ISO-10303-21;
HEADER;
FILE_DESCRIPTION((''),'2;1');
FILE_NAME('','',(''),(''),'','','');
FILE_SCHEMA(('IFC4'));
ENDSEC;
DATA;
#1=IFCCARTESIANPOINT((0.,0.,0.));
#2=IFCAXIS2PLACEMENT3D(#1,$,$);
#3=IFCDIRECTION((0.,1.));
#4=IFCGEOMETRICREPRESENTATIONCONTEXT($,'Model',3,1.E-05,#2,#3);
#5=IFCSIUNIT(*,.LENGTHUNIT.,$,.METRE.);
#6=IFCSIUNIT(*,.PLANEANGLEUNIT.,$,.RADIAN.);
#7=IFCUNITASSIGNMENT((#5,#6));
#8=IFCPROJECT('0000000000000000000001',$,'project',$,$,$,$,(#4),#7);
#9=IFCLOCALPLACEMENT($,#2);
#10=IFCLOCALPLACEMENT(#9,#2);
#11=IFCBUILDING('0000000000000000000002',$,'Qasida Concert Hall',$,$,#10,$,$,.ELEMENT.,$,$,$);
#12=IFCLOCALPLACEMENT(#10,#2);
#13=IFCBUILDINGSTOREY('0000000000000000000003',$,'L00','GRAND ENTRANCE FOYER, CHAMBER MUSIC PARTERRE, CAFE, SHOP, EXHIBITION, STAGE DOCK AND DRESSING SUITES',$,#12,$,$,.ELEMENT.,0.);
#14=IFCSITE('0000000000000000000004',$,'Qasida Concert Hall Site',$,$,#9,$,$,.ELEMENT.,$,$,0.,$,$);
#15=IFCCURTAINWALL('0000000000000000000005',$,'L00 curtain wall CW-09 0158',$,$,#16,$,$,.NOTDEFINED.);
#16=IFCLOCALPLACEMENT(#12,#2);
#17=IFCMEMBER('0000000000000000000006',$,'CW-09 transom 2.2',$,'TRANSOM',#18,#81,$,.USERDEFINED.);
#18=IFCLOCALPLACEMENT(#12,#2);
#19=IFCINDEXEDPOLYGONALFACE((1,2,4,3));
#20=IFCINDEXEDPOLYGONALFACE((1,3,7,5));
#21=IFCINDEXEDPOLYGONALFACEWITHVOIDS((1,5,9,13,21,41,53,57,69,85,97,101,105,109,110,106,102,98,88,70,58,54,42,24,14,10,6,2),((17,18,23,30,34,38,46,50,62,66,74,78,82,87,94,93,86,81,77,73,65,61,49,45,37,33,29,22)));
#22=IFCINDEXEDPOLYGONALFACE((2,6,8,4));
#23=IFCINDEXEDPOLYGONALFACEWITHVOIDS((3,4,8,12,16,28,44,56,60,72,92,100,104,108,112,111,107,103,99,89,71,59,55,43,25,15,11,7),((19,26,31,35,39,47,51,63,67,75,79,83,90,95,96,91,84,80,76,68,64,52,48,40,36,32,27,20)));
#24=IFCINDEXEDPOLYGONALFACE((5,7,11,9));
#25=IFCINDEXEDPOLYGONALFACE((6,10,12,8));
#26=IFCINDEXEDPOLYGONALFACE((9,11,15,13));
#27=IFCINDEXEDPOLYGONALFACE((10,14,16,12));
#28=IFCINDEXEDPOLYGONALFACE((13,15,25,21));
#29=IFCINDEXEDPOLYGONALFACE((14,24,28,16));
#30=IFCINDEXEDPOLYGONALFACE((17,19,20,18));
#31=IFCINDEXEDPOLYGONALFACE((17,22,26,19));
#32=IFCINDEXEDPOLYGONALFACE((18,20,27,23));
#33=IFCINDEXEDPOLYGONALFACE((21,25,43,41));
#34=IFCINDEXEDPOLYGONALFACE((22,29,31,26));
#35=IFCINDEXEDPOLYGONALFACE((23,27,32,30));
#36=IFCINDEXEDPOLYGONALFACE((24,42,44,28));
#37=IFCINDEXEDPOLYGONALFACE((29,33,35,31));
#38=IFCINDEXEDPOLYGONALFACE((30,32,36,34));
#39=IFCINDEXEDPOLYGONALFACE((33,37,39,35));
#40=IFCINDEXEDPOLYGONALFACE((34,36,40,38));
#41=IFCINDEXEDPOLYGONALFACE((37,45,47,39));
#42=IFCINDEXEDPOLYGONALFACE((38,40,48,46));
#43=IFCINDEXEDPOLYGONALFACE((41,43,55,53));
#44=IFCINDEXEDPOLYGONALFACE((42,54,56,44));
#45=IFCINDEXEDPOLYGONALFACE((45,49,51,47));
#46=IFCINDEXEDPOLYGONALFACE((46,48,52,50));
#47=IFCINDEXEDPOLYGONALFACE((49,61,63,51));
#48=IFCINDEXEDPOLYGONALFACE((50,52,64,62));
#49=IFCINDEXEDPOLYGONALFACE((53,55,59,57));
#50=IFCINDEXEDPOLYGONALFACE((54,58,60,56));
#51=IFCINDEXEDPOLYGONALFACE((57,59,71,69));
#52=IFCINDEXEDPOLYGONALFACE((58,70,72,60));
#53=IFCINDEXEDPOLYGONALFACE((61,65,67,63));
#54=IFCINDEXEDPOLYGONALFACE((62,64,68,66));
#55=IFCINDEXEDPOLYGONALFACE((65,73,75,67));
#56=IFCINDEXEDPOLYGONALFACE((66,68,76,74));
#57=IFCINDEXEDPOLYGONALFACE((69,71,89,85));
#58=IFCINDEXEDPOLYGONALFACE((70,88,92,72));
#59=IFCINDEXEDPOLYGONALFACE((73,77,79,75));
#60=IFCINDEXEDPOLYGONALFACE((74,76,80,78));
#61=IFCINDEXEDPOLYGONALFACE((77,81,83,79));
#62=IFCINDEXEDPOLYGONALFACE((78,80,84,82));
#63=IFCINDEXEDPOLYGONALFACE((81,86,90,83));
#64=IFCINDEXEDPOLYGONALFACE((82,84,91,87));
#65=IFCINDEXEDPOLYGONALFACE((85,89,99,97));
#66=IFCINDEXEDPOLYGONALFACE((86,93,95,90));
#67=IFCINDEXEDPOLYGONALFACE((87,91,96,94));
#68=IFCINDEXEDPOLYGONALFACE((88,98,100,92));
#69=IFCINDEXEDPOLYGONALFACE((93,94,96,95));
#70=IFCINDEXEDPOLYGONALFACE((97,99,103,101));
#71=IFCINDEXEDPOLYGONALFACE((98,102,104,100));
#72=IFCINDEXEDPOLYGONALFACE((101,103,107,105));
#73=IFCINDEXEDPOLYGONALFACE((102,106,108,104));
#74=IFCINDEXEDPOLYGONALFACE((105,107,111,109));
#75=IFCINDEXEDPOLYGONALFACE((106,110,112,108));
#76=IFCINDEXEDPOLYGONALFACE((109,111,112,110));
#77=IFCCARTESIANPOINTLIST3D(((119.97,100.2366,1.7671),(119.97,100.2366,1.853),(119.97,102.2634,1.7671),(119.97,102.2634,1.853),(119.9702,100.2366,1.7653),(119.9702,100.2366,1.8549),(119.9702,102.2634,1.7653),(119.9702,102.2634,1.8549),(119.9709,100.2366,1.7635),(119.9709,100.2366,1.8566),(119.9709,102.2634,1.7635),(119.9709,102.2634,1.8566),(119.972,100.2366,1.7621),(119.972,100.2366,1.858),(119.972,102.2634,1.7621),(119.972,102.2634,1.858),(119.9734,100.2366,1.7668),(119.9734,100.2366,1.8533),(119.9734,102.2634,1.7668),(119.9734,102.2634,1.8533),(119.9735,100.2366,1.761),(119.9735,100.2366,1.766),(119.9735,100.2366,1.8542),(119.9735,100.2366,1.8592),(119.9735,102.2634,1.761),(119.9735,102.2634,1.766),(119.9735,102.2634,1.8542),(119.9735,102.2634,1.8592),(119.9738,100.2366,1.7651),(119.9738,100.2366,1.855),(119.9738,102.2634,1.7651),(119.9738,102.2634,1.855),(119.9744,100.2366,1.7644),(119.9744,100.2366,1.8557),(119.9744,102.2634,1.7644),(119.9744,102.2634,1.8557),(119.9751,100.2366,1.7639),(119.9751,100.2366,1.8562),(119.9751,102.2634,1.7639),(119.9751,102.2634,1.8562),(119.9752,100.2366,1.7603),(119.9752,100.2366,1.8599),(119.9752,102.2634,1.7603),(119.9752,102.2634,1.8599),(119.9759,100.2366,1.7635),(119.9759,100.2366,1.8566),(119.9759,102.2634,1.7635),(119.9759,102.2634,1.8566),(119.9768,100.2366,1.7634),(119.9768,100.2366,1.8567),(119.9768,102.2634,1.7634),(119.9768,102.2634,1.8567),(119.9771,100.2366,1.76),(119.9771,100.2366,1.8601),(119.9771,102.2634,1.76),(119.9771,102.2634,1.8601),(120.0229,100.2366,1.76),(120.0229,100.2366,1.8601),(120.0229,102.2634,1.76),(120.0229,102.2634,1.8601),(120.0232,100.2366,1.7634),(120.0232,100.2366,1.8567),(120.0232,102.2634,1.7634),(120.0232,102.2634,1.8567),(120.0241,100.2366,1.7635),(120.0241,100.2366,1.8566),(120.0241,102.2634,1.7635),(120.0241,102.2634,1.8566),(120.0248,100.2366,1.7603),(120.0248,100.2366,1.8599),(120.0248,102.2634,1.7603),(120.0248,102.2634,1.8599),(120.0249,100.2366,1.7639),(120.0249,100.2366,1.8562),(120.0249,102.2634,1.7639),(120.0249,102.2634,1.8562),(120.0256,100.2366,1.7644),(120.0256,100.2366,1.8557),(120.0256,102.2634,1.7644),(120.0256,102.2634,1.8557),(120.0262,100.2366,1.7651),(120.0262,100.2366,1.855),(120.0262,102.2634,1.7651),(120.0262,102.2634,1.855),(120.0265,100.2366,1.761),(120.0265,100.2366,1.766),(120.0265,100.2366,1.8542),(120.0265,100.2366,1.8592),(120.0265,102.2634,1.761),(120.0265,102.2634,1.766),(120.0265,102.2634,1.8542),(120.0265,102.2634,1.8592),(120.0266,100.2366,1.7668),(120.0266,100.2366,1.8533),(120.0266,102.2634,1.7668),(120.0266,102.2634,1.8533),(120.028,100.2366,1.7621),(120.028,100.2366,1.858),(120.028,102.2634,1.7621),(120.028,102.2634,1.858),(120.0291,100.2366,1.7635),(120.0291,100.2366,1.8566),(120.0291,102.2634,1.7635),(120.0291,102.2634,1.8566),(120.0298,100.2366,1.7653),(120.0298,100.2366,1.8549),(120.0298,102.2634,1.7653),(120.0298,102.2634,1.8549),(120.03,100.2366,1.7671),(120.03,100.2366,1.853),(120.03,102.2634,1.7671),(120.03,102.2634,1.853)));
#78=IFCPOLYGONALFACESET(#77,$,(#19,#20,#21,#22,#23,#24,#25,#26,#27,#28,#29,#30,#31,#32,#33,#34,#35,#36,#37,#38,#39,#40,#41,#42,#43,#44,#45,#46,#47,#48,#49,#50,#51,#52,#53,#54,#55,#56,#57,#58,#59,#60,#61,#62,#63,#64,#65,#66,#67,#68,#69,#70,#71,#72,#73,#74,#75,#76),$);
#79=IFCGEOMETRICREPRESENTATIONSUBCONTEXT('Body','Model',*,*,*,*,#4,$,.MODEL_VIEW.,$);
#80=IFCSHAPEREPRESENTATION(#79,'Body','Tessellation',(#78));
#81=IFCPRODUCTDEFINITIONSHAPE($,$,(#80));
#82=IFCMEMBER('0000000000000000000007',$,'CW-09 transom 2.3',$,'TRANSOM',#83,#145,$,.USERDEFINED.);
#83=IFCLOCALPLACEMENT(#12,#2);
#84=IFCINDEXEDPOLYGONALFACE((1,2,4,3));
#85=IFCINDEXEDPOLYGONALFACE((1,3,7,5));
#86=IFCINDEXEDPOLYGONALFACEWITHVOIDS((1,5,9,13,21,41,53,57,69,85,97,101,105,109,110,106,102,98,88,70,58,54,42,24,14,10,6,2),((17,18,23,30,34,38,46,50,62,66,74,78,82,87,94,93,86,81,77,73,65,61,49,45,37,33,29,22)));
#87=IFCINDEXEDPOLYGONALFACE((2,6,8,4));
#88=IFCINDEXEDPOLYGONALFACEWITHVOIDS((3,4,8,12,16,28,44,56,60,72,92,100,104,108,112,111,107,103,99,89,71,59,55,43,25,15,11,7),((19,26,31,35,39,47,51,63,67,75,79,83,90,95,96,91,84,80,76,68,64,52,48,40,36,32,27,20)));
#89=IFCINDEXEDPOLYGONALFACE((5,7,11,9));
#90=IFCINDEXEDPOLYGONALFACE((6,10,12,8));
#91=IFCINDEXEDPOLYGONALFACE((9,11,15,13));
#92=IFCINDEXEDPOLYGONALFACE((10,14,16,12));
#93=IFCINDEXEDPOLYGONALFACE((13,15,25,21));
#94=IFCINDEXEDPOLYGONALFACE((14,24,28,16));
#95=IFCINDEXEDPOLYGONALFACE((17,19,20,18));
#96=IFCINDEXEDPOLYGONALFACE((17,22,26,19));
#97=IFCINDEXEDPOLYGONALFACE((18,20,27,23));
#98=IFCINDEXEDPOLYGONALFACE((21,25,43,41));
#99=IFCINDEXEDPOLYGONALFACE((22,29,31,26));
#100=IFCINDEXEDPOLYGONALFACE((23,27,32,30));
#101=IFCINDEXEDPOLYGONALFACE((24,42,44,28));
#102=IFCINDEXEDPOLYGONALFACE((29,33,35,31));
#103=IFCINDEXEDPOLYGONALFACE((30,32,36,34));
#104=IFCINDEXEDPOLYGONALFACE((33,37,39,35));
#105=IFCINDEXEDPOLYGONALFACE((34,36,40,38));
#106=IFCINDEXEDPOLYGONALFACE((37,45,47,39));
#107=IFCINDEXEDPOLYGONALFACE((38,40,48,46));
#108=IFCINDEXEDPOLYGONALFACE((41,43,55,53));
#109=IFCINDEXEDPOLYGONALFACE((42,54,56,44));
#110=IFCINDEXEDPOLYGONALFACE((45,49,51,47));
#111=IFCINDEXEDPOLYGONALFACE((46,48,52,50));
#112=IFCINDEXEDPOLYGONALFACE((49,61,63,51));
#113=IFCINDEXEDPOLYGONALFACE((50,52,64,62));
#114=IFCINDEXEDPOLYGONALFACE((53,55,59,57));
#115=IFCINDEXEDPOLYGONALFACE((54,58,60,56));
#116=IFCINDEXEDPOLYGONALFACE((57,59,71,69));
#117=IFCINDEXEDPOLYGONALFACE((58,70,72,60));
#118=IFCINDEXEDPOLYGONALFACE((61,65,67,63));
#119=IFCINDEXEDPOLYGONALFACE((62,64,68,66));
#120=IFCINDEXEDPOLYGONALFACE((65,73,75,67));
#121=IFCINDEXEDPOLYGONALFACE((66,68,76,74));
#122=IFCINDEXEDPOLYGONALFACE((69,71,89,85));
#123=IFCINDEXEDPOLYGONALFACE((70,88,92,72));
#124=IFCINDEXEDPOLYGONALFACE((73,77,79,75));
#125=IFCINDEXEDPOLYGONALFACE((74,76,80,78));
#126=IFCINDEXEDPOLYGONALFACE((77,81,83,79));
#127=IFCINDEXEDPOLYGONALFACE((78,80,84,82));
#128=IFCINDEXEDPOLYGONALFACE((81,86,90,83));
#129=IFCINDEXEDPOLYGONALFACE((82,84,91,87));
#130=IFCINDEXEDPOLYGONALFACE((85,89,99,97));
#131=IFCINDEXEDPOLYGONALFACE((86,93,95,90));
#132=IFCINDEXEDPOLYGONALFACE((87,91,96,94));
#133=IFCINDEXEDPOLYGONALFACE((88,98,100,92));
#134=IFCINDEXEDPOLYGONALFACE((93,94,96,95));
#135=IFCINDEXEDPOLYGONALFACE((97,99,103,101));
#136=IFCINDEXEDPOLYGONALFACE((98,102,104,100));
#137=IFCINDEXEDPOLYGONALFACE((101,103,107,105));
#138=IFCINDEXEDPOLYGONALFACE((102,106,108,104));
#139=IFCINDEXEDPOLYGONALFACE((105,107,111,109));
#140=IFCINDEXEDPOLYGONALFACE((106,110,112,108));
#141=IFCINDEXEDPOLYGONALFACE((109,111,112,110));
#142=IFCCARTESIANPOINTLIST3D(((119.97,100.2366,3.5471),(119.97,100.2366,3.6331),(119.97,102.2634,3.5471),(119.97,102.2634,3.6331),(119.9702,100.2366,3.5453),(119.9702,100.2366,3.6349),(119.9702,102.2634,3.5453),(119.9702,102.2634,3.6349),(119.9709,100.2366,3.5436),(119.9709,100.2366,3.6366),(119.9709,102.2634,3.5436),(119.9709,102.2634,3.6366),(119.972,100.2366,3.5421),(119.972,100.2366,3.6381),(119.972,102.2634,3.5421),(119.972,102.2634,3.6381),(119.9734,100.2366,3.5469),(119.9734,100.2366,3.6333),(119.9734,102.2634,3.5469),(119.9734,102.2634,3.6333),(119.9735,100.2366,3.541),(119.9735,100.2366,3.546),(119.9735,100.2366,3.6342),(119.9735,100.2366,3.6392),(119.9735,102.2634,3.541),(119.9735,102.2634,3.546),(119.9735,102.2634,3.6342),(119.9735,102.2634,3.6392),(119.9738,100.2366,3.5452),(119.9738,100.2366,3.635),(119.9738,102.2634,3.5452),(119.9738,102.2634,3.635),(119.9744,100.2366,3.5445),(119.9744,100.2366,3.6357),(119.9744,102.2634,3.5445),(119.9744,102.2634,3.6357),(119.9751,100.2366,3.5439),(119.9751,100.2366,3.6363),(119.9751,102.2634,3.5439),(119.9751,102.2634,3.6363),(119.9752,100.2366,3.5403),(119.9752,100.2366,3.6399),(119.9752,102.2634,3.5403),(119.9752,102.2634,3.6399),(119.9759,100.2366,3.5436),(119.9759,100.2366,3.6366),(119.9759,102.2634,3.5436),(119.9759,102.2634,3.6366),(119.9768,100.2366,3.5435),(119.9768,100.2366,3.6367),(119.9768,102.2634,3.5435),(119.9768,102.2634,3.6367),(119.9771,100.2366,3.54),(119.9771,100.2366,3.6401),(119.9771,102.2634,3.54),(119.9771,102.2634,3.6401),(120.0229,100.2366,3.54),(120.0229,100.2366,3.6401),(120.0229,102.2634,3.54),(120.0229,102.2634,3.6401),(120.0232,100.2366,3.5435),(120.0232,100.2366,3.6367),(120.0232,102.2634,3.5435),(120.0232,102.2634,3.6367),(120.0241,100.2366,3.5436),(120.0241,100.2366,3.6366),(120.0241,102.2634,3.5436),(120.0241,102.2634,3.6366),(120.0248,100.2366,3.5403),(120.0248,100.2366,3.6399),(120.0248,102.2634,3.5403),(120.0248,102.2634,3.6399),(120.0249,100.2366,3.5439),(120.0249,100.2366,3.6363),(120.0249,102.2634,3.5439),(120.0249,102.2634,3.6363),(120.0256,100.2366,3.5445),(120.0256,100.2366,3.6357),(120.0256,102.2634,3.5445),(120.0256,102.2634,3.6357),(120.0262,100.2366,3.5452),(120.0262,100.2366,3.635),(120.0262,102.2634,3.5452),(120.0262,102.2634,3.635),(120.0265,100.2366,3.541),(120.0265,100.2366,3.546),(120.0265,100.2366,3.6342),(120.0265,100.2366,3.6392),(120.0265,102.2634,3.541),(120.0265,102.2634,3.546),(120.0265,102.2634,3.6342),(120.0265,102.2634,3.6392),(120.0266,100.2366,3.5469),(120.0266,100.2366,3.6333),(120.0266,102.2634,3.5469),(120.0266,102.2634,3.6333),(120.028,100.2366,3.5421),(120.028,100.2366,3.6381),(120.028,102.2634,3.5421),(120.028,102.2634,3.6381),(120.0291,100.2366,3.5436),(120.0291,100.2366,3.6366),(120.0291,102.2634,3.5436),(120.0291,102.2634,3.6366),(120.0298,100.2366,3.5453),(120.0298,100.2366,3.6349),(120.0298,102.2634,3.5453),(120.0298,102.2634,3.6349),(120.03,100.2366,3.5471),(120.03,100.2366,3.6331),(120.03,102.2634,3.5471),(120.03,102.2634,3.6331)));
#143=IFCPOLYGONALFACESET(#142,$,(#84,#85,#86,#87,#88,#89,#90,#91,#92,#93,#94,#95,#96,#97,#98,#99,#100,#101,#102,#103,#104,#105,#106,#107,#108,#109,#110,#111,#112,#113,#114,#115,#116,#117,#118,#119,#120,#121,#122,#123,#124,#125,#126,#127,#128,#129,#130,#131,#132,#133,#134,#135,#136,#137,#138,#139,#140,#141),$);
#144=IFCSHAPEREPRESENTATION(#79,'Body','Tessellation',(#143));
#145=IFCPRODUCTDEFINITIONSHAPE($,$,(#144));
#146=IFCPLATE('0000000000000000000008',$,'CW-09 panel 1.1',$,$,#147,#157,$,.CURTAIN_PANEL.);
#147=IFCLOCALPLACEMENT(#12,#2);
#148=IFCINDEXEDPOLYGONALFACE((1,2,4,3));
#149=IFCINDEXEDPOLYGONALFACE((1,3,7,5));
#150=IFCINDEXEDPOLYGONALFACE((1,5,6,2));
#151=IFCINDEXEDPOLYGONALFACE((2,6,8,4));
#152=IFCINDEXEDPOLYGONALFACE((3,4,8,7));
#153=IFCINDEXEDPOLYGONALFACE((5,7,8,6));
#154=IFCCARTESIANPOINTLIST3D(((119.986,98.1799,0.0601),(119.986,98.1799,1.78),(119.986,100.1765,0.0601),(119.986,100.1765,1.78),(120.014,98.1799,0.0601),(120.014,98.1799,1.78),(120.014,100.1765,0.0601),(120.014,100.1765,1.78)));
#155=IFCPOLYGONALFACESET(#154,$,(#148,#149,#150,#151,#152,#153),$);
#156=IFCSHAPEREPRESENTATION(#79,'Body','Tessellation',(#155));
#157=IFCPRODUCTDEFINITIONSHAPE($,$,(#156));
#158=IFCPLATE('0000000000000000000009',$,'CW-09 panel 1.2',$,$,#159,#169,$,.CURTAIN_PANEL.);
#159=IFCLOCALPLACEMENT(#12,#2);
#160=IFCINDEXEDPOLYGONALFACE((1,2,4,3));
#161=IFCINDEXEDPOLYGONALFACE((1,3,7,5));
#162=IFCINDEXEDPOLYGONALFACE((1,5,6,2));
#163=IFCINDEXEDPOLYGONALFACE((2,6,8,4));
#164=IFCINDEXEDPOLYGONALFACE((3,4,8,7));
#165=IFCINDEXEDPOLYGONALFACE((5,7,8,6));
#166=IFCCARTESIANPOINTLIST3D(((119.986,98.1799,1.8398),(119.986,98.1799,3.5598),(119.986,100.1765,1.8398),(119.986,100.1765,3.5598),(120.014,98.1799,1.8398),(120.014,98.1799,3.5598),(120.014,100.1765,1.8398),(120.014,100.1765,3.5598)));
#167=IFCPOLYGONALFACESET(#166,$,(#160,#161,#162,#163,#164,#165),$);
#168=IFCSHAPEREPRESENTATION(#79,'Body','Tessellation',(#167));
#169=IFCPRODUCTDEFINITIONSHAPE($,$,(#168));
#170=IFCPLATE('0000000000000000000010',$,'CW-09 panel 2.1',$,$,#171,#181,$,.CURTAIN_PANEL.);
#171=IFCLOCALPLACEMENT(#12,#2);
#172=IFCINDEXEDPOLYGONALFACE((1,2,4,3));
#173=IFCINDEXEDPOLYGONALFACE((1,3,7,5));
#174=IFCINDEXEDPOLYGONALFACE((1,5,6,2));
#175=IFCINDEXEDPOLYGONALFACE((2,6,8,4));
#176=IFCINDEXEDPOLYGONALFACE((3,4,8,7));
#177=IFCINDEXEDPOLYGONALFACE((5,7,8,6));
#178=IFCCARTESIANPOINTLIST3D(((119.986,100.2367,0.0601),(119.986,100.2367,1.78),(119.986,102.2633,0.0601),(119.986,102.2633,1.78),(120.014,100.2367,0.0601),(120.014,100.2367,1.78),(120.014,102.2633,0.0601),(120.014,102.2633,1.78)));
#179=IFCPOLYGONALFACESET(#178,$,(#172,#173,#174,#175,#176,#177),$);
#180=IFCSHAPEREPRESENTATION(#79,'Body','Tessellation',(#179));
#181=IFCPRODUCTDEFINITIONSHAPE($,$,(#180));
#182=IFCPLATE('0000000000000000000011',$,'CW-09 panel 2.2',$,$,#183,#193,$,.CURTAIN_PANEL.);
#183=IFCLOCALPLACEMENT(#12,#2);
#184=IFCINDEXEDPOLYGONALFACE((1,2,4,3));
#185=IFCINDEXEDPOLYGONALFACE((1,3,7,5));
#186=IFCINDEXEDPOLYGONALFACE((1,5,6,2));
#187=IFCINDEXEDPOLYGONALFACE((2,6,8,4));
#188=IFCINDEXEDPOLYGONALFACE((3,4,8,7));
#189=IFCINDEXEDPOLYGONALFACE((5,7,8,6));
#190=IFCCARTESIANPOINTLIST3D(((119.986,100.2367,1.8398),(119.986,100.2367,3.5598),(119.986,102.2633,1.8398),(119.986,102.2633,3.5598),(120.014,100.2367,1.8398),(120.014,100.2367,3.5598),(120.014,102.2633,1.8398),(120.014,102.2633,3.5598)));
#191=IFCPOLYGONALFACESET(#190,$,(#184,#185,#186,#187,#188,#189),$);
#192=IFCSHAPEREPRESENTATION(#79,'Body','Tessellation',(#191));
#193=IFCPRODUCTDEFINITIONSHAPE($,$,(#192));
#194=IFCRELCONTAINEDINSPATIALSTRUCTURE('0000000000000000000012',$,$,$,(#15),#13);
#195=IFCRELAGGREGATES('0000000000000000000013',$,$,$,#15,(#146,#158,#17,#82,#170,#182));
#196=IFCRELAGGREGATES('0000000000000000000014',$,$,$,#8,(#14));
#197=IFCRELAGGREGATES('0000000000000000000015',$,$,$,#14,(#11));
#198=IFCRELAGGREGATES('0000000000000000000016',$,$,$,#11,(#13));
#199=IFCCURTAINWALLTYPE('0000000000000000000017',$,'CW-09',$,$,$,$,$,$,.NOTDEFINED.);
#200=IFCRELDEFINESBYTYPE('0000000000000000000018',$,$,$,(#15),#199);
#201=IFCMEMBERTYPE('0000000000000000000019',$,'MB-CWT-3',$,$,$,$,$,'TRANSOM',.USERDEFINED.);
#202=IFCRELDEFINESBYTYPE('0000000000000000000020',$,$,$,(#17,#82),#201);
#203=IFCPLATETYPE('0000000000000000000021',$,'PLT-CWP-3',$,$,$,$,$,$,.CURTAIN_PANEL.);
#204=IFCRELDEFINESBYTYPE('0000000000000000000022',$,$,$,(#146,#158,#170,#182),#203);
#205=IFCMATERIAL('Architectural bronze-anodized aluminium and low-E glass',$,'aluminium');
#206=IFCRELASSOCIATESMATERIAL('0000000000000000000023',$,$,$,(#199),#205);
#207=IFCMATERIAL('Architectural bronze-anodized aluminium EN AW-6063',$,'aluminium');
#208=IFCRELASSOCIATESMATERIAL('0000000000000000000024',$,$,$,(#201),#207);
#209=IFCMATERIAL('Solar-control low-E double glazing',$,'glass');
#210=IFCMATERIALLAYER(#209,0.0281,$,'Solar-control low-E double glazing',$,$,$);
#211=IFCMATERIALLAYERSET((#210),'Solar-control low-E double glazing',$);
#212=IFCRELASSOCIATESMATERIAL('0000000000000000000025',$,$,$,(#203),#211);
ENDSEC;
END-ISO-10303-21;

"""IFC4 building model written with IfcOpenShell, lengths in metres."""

from ifc_helpers import new_model, si_unit, direction, frame, origin, origin_2d, place, context, subcontext, project, spatial, rectangle, hollow_rectangle, extrude, material, layer, layer_set, material_profile, profile_set, type_object, element, aggregate, save


model = new_model("IFC4")

# Units and contexts
model_context = context("Model", 3, precision=1e-05, world=origin(), true_north=direction((0.0, 1.0)))
body_context = subcontext(model_context, "Body", "Model", "MODEL_VIEW")
ifc_project = project(units=[si_unit("LENGTHUNIT", "METRE"), si_unit("PLANEANGLEUNIT", "RADIAN")], contexts=[model_context])

# Site, building, storey
site_placement = place(None, origin())
site = spatial("IfcSite", under=ifc_project, at=site_placement, Name="Qasida Concert Hall Site", CompositionType="ELEMENT", RefElevation=0.0)
building_placement = place(site_placement, origin())
building = spatial("IfcBuilding", under=site, at=building_placement, Name="Qasida Concert Hall", CompositionType="ELEMENT")
storey_placement = place(building_placement, origin())
storey = spatial("IfcBuildingStorey", under=building, at=storey_placement, Name="L00", Description="GRAND ENTRANCE FOYER, CHAMBER MUSIC PARTERRE, CAFE, SHOP, EXHIBITION, STAGE DOCK AND DRESSING SUITES", CompositionType="ELEMENT", Elevation=0.0)

# Curtain wall, members, plates
ifc_material_1 = material(Name="Architectural bronze-anodized aluminium and low-E glass", Category="aluminium")
curtain_wall_type = type_object("IfcCurtainWallType", Name="CW-09", PredefinedType="NOTDEFINED", material=ifc_material_1)
curtain_wall_placement = place(storey_placement, origin())
curtain_wall = element("IfcCurtainWall", 1, at=curtain_wall_placement, inside=storey, type_object=curtain_wall_type, Name="L00 curtain wall CW-09 0158", PredefinedType="NOTDEFINED")
ifc_material_2 = material(Name="Architectural bronze-anodized aluminium EN AW-6063", Category="aluminium")
ifc_material_profile_1 = material_profile(ifc_material_2, hollow_rectangle(XDim=0.0601, YDim=0.1001, WallThickness=0.0034, InnerFilletRadius=0.0034, OuterFilletRadius=0.0071, at=origin_2d()), Name="CWT 100x60x3.5")
ifc_profile_set_1 = profile_set([ifc_material_profile_1], Name="Architectural bronze-anodized aluminium EN AW-6063")
member_type_1 = type_object("IfcMemberType", Name="MB-CWT-3", ElementType="TRANSOM", PredefinedType="USERDEFINED", material=ifc_profile_set_1)
member_1_placement = place(storey_placement, frame((120.0, 100.2366, 1.8101), z_axis=(0.0, 1.0, 0.0), x_axis=(-1.0, 0.0, 0.0)))
member_1 = element("IfcMember", 2, at=member_1_placement, type_object=member_type_1, Name="CW-09 transom 2.2", ObjectType="TRANSOM", PredefinedType="USERDEFINED", context=body_context, shape_type="SweptSolid", body=[
    extrude(hollow_rectangle(XDim=0.0601, YDim=0.1001, WallThickness=0.0034, InnerFilletRadius=0.0034, OuterFilletRadius=0.0071, at=origin_2d()), origin(), (0.0, 0.0, 1.0), 2.0269),
])
member_2_placement = place(storey_placement, frame((120.0, 100.2366, 3.5901), z_axis=(0.0, 1.0, 0.0), x_axis=(-1.0, 0.0, 0.0)))
member_2 = element("IfcMember", 3, at=member_2_placement, type_object=member_type_1, Name="CW-09 transom 2.3", ObjectType="TRANSOM", PredefinedType="USERDEFINED", context=body_context, shape_type="SweptSolid", body=[
    extrude(hollow_rectangle(XDim=0.0601, YDim=0.1001, WallThickness=0.0034, InnerFilletRadius=0.0034, OuterFilletRadius=0.0071, at=origin_2d()), origin(), (0.0, 0.0, 1.0), 2.0269),
])
ifc_material_3 = material(Name="Solar-control low-E double glazing", Category="glass")
ifc_layer_1 = layer(ifc_material_3, 0.0281, Name="Solar-control low-E double glazing")
ifc_layer_set_1 = layer_set([ifc_layer_1], Name="Solar-control low-E double glazing")
plate_type = type_object("IfcPlateType", Name="PLT-CWP-3", PredefinedType="CURTAIN_PANEL", material=ifc_layer_set_1)
plate_1_placement = place(storey_placement, frame((120.0, 99.1782, 0.0601), z_axis=(0.0, 0.0, 1.0), x_axis=(0.0, 1.0, 0.0)))
plate_1 = element("IfcPlate", 4, at=plate_1_placement, type_object=plate_type, Name="CW-09 panel 1.1", PredefinedType="CURTAIN_PANEL", context=body_context, shape_type="SweptSolid", body=[
    extrude(rectangle(XDim=1.9966, YDim=0.0281, at=origin_2d()), origin(), (0.0, 0.0, 1.0), 1.72),
])
plate_2_placement = place(storey_placement, frame((120.0, 99.1782, 1.8398), z_axis=(0.0, 0.0, 1.0), x_axis=(0.0, 1.0, 0.0)))
plate_2 = element("IfcPlate", 5, at=plate_2_placement, type_object=plate_type, Name="CW-09 panel 1.2", PredefinedType="CURTAIN_PANEL", context=body_context, shape_type="SweptSolid", body=[
    extrude(rectangle(XDim=1.9966, YDim=0.0281, at=origin_2d()), origin(), (0.0, 0.0, 1.0), 1.72),
])
plate_3_placement = place(storey_placement, frame((120.0, 101.25, 0.0601), z_axis=(0.0, 0.0, 1.0), x_axis=(0.0, 1.0, 0.0)))
plate_3 = element("IfcPlate", 6, at=plate_3_placement, type_object=plate_type, Name="CW-09 panel 2.1", PredefinedType="CURTAIN_PANEL", context=body_context, shape_type="SweptSolid", body=[
    extrude(rectangle(XDim=2.0266, YDim=0.0281, at=origin_2d()), origin(), (0.0, 0.0, 1.0), 1.72),
])
plate_4_placement = place(storey_placement, frame((120.0, 101.25, 1.8398), z_axis=(0.0, 0.0, 1.0), x_axis=(0.0, 1.0, 0.0)))
plate_4 = element("IfcPlate", 7, at=plate_4_placement, type_object=plate_type, Name="CW-09 panel 2.2", PredefinedType="CURTAIN_PANEL", context=body_context, shape_type="SweptSolid", body=[
    extrude(rectangle(XDim=2.0266, YDim=0.0281, at=origin_2d()), origin(), (0.0, 0.0, 1.0), 1.72),
])
aggregate(curtain_wall, [plate_1, plate_2, member_1, member_2, plate_3, plate_4])

save(model, "model.ifc")
